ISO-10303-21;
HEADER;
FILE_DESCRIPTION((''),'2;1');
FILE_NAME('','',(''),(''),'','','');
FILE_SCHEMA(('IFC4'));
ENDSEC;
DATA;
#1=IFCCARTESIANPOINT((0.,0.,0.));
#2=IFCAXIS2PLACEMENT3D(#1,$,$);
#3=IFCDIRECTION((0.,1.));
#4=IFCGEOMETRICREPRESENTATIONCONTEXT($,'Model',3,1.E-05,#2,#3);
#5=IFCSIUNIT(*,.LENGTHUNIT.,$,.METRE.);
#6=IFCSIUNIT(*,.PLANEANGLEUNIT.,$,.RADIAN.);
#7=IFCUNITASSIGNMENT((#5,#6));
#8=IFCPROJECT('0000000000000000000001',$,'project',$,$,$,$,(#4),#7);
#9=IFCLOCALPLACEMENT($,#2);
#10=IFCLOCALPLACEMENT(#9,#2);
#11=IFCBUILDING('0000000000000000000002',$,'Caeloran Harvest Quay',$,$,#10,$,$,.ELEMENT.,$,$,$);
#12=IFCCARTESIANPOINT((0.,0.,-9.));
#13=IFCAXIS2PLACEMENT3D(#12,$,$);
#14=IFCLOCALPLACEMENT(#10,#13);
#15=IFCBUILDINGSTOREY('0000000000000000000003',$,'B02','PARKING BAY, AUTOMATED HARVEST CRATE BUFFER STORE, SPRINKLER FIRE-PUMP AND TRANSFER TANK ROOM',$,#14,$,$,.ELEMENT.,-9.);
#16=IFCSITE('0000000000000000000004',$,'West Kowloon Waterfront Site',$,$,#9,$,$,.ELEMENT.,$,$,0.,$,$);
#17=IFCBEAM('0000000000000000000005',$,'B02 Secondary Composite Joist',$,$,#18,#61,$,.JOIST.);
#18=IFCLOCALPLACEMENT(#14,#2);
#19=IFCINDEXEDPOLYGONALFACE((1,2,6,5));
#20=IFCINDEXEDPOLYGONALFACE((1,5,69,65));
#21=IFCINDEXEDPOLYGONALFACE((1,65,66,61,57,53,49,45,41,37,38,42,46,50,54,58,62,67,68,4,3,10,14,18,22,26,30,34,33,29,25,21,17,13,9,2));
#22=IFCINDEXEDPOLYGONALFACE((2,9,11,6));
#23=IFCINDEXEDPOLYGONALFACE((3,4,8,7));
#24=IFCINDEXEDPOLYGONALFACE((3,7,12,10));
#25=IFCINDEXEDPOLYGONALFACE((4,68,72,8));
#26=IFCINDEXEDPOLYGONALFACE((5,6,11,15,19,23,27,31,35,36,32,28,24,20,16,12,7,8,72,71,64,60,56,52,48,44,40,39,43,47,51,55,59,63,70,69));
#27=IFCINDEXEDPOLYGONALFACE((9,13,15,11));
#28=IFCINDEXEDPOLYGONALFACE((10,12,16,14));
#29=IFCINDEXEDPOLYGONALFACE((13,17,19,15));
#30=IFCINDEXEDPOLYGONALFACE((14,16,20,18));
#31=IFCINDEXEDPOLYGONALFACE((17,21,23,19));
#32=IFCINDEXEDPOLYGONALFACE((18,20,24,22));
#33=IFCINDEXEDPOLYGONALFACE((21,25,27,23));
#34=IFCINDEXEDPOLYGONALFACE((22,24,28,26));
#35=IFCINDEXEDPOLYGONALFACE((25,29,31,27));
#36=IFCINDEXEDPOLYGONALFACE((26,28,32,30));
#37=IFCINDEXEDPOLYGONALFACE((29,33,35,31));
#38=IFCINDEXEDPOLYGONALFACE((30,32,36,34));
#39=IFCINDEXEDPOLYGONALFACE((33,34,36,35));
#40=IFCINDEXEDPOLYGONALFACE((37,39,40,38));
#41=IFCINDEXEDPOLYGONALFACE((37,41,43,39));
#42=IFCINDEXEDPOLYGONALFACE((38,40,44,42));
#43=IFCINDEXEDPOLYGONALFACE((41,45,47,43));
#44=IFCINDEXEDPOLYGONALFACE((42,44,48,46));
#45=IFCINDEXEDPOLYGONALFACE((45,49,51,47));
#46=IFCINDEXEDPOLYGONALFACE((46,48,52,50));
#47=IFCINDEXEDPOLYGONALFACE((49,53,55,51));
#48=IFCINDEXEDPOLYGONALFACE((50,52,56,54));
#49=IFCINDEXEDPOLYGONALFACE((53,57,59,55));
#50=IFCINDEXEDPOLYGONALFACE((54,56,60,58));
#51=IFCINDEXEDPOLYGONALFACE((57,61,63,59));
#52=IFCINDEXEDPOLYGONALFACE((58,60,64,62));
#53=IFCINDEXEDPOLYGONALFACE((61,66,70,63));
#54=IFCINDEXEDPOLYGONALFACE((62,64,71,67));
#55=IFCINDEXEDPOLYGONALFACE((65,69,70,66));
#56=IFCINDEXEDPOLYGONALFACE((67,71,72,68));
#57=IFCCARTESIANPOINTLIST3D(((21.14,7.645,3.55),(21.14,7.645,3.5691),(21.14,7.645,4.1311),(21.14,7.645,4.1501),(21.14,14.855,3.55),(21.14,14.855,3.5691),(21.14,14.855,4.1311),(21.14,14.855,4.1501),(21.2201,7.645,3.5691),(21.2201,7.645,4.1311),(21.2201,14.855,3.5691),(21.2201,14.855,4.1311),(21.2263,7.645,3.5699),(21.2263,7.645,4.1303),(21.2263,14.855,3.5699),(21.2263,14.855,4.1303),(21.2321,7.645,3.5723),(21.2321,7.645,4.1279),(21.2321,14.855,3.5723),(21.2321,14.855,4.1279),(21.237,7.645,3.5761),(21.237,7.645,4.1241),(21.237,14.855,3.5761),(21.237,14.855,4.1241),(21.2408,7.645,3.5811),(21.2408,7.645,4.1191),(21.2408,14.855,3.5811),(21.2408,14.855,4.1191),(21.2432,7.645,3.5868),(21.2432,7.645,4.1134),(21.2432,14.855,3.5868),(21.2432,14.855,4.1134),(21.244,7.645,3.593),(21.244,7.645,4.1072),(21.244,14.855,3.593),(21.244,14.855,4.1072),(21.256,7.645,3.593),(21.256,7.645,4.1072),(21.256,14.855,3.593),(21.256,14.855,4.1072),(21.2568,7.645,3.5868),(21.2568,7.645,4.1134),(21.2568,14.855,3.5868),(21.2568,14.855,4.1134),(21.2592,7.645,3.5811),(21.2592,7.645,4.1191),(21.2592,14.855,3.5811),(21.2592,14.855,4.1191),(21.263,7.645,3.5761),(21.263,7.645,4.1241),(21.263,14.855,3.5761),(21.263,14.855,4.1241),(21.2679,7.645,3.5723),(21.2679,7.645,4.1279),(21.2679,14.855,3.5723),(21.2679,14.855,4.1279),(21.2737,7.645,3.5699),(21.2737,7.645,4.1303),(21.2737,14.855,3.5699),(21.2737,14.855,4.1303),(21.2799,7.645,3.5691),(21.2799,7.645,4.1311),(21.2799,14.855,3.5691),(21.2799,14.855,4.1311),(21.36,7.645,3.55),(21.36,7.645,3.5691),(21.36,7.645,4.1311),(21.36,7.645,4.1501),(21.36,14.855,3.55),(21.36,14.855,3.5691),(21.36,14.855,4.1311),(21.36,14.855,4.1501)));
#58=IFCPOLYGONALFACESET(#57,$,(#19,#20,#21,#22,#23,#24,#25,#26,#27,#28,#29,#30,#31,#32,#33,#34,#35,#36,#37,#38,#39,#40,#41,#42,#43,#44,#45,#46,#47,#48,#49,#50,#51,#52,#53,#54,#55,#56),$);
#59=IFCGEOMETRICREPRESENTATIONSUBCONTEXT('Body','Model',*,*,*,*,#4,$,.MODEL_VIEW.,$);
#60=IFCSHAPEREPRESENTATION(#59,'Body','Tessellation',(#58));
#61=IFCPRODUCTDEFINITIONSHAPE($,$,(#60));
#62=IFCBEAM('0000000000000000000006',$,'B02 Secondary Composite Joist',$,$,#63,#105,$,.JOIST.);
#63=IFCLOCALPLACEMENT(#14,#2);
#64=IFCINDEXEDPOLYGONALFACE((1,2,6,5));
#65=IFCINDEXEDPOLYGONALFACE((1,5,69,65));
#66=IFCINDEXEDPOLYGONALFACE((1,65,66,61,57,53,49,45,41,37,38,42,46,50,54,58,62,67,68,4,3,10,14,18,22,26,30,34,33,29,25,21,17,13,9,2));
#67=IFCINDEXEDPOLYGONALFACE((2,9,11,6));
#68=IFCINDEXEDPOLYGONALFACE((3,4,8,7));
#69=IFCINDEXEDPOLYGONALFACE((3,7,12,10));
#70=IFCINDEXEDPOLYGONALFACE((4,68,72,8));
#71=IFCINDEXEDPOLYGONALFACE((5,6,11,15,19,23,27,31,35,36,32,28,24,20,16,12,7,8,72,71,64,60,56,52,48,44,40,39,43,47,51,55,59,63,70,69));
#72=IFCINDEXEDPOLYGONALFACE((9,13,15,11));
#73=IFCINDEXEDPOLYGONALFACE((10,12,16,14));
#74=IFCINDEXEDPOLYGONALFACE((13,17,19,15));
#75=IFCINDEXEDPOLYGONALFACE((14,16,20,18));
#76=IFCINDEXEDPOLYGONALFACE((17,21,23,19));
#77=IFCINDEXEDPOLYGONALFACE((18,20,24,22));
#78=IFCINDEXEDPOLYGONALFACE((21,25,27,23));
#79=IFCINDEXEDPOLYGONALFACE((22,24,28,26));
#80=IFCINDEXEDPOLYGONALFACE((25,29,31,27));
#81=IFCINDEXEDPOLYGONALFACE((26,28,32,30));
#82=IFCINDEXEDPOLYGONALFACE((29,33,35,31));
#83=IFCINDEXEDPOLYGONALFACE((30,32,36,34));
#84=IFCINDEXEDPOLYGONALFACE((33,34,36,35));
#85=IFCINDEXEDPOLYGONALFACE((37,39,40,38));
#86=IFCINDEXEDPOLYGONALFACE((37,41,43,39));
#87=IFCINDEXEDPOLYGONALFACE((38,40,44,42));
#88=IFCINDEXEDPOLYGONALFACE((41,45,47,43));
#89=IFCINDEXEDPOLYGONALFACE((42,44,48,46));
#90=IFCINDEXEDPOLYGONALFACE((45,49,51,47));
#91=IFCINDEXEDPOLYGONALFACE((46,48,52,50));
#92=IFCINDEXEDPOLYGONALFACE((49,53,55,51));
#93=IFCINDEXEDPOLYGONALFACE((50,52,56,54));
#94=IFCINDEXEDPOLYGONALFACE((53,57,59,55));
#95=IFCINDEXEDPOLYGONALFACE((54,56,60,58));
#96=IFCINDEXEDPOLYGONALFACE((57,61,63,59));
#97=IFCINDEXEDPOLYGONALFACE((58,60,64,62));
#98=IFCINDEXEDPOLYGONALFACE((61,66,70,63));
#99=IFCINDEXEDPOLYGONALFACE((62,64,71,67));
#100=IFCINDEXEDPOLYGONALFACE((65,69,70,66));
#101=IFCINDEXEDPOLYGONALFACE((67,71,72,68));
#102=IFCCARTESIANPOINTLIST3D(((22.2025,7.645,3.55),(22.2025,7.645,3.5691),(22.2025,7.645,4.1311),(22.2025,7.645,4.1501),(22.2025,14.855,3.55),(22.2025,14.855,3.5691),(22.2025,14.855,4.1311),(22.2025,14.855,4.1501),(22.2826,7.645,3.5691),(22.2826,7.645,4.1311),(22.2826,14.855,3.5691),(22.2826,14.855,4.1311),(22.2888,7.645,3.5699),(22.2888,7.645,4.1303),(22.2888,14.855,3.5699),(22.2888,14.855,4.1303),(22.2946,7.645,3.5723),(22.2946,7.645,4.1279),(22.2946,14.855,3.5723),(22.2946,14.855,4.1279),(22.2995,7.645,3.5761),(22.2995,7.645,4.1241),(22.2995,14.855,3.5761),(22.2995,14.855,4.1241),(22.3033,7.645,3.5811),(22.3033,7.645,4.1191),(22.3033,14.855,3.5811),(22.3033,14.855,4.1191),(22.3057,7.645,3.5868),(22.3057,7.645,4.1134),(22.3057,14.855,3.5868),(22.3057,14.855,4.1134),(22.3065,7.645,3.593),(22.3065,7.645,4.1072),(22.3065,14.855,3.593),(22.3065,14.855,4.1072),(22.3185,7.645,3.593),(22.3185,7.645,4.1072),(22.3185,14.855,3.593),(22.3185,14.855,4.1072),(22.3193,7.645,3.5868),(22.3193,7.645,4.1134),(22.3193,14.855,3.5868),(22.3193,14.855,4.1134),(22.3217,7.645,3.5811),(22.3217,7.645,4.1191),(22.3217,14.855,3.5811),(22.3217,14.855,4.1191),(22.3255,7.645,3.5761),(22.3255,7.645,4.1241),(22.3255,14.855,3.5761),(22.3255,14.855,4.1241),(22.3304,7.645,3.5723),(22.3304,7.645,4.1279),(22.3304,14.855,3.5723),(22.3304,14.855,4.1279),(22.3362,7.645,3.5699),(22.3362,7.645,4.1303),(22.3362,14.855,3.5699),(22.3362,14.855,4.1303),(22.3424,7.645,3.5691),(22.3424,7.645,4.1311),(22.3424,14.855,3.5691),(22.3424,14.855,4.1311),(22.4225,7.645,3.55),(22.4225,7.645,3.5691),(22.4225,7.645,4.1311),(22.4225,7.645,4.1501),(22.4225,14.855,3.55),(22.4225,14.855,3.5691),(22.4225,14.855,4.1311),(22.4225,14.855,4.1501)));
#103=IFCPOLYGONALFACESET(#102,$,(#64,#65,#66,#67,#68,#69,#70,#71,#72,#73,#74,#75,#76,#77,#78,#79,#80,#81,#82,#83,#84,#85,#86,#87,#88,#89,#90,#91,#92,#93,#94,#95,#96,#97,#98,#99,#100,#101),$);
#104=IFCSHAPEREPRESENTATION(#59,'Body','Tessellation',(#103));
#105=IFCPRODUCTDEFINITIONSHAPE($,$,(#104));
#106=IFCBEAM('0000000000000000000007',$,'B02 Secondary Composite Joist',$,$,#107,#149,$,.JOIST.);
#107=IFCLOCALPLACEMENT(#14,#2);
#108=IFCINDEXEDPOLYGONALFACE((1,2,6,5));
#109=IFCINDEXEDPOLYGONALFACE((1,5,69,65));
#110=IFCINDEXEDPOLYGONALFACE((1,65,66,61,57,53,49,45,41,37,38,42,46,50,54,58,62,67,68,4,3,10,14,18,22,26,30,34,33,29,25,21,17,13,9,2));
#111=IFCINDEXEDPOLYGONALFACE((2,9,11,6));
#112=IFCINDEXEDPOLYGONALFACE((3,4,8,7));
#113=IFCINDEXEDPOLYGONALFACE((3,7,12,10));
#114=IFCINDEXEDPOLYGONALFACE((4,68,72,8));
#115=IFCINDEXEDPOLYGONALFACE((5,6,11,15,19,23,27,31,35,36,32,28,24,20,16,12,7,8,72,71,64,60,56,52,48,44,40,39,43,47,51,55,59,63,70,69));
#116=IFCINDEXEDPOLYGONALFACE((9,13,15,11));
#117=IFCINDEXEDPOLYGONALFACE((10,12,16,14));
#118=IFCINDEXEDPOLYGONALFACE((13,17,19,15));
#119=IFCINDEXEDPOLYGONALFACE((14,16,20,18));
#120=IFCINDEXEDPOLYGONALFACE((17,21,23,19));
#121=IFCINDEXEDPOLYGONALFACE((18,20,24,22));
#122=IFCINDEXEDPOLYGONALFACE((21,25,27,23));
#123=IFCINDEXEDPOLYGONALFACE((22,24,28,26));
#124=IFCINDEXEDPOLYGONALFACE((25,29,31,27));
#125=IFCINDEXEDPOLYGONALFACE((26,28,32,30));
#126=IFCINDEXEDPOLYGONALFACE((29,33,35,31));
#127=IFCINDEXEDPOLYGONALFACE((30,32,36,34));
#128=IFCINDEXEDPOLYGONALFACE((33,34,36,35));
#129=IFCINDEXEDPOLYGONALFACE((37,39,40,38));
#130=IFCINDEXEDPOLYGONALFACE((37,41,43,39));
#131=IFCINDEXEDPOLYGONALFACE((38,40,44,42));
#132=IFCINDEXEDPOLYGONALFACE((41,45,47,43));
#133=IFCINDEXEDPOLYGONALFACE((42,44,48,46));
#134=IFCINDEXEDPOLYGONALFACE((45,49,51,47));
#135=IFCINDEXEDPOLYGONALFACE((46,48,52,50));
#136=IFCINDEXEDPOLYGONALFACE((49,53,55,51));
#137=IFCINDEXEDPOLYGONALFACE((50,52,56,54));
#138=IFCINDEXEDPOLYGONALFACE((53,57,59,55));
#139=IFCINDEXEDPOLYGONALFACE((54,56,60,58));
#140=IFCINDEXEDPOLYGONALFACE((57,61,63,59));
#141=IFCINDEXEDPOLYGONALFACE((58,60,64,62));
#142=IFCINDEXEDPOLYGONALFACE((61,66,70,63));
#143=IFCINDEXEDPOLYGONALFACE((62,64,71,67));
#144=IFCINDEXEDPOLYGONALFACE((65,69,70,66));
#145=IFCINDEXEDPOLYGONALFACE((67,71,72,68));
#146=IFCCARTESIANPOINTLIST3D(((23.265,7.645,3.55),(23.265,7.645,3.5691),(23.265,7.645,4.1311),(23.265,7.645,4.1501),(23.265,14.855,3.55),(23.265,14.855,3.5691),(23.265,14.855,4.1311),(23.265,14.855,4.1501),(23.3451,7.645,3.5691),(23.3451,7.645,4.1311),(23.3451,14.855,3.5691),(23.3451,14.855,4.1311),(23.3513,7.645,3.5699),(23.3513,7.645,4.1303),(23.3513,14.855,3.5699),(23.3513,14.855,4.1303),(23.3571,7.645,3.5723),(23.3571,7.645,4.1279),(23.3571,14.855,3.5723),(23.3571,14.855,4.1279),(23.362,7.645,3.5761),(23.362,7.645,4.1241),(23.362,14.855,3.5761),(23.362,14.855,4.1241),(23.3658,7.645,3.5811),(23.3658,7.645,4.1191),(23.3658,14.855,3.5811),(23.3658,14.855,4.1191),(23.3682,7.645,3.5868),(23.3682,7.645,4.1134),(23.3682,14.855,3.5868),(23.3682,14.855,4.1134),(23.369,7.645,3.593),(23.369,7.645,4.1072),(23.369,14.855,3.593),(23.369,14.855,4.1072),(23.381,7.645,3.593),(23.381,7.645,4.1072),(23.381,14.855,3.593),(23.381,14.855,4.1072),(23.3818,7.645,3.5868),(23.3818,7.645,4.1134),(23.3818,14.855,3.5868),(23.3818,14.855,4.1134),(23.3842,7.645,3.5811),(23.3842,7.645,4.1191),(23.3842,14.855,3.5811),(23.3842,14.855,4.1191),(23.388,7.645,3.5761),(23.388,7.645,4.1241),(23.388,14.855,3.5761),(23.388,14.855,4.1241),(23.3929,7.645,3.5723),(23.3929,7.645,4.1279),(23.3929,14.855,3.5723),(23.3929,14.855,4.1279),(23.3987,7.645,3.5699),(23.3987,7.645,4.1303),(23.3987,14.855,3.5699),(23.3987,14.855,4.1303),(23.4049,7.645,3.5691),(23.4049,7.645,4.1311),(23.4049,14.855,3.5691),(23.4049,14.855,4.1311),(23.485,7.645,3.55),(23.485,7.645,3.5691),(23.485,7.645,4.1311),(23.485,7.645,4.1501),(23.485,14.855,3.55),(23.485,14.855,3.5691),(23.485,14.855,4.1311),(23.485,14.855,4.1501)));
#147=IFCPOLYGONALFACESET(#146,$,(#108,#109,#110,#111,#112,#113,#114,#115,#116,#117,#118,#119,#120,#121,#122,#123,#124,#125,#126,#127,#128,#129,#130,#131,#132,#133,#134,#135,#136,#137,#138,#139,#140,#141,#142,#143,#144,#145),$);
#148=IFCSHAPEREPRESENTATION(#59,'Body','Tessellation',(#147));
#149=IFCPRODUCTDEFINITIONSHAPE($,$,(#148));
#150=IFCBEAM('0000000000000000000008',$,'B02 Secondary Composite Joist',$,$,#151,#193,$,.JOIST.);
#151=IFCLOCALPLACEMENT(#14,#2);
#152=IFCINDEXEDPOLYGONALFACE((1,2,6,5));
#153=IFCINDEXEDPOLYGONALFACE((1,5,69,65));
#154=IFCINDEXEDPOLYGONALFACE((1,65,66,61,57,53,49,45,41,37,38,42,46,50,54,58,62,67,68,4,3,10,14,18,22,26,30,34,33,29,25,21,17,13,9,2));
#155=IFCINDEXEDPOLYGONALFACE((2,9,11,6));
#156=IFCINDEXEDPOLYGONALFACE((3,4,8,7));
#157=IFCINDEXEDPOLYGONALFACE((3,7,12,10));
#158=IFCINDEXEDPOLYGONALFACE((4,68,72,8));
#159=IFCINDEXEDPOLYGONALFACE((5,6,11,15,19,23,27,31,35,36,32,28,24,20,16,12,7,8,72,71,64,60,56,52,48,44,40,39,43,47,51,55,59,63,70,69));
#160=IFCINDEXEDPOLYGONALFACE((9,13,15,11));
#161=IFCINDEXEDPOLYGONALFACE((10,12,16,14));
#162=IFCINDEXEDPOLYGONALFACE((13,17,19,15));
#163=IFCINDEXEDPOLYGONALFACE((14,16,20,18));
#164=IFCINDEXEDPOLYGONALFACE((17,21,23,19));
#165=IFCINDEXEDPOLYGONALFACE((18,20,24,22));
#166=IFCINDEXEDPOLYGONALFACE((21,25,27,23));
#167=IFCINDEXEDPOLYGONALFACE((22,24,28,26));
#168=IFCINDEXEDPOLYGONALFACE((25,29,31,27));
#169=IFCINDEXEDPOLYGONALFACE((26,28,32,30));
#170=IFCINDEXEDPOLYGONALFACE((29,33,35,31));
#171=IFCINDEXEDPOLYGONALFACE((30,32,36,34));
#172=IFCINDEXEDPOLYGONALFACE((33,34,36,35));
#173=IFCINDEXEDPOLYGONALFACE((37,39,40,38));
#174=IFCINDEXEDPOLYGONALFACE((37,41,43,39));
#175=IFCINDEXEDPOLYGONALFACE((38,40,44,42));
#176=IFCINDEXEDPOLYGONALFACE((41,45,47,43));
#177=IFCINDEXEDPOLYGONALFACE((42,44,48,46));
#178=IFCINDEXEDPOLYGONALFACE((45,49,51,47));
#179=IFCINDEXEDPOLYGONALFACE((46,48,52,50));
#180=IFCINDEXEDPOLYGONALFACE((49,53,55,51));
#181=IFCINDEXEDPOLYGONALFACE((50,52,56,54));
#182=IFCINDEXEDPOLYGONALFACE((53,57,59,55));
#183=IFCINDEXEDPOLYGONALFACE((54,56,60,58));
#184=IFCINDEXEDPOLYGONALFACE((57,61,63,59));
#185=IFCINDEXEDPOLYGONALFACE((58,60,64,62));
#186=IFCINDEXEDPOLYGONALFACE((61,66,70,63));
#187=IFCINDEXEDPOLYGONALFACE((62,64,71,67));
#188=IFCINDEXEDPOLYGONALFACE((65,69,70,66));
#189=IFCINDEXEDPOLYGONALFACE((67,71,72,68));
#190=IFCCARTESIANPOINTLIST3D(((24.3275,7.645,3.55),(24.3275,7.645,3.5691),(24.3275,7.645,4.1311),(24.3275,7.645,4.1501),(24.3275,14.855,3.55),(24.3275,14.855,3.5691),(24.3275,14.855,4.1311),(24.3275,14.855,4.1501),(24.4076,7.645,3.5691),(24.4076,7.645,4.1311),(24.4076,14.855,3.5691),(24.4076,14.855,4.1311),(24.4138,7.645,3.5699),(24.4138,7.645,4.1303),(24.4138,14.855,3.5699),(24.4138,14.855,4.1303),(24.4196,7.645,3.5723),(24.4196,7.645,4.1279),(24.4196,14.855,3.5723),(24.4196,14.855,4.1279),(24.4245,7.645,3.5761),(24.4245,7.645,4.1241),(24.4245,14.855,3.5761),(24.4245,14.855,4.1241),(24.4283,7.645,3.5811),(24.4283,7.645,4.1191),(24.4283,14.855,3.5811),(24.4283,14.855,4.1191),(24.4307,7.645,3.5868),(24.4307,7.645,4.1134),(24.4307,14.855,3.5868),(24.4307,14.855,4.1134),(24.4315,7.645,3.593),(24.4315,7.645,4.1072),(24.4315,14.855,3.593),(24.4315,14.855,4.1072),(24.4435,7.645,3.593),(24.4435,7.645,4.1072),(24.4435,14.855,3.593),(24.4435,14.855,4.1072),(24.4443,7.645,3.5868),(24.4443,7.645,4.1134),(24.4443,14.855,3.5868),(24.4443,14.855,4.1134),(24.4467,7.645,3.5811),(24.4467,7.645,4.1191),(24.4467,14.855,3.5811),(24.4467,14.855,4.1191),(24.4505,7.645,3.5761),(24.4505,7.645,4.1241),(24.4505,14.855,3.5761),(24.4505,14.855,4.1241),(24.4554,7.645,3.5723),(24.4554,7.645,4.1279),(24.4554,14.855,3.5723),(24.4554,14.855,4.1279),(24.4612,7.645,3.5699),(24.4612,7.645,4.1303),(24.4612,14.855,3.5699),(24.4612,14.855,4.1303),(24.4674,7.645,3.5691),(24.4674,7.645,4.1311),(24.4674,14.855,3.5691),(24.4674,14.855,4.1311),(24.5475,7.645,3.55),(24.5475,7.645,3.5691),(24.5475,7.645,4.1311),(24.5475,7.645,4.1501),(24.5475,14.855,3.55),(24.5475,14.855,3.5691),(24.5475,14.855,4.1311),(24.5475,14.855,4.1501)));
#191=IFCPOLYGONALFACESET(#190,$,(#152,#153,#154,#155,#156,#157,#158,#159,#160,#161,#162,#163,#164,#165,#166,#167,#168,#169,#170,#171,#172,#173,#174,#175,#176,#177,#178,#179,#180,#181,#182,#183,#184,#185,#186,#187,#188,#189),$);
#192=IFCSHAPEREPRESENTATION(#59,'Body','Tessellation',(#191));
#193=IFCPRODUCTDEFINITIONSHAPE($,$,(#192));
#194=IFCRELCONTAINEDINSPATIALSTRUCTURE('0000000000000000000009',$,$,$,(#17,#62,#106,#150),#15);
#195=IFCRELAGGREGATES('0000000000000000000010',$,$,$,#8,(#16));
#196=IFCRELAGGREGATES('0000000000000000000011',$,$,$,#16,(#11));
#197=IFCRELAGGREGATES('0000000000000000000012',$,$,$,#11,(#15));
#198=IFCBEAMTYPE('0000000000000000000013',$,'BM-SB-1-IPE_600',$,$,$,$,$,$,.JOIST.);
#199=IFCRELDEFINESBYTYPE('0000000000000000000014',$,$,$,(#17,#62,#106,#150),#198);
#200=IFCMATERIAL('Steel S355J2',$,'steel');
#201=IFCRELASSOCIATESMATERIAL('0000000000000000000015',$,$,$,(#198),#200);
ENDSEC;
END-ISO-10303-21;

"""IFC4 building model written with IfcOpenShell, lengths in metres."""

from ifc_helpers import new_model, si_unit, direction, frame, origin, origin_2d, place, context, subcontext, project, spatial, i_section, extrude, material, material_profile, profile_set, type_object, element, save


model = new_model("IFC4")

# Units and contexts
model_context = context("Model", 3, precision=1e-05, world=origin(), true_north=direction((0.0, 1.0)))
body_context = subcontext(model_context, "Body", "Model", "MODEL_VIEW")
ifc_project = project(units=[si_unit("LENGTHUNIT", "METRE"), si_unit("PLANEANGLEUNIT", "RADIAN")], contexts=[model_context])

# Site, building, storey
site_placement = place(None, origin())
site = spatial("IfcSite", under=ifc_project, at=site_placement, Name="West Kowloon Waterfront Site", CompositionType="ELEMENT", RefElevation=0.0)
building_placement = place(site_placement, origin())
building = spatial("IfcBuilding", under=site, at=building_placement, Name="Caeloran Harvest Quay", CompositionType="ELEMENT")
storey_placement = place(building_placement, frame((0.0, 0.0, -9.0)))
storey = spatial("IfcBuildingStorey", under=building, at=storey_placement, Name="B02", Description="PARKING BAY, AUTOMATED HARVEST CRATE BUFFER STORE, SPRINKLER FIRE-PUMP AND TRANSFER TANK ROOM", CompositionType="ELEMENT", Elevation=-9.0)

# Beams
ifc_material_1 = material(Name="Steel S355J2", Category="steel")
ifc_material_profile_1 = material_profile(ifc_material_1, i_section(OverallWidth=0.22, OverallDepth=0.6001, WebThickness=0.012, FlangeThickness=0.019, FilletRadius=0.0239, at=origin_2d()), Name="IPE 600")
ifc_profile_set_1 = profile_set([ifc_material_profile_1], Name="Steel S355J2")
beam_type_1 = type_object("IfcBeamType", Name="BM-SB-1-IPE_600", PredefinedType="JOIST", material=ifc_profile_set_1)
for number, where, z_axis, x_axis, name in (
    (1, (21.25, 7.645, 3.8501), (0.0, 1.0, 0.0), (-1.0, 0.0, 0.0), "B02 Secondary Composite Joist"),
    (2, (22.3125, 7.645, 3.8501), (0.0, 1.0, 0.0), (-1.0, 0.0, 0.0), "B02 Secondary Composite Joist"),
    (3, (23.375, 7.645, 3.8501), (0.0, 1.0, 0.0), (-1.0, 0.0, 0.0), "B02 Secondary Composite Joist"),
    (4, (24.4375, 7.645, 3.8501), (0.0, 1.0, 0.0), (-1.0, 0.0, 0.0), "B02 Secondary Composite Joist"),
):
    element("IfcBeam", number, at=place(storey_placement, frame(where, z_axis=z_axis, x_axis=x_axis)), inside=storey, type_object=beam_type_1, Name=name, PredefinedType="JOIST", context=body_context, shape_type="SweptSolid", body=[
        extrude(i_section(OverallWidth=0.22, OverallDepth=0.6001, WebThickness=0.012, FlangeThickness=0.019, FilletRadius=0.0239, at=origin_2d()), origin(), (0.0, 0.0, 1.0), 7.21),
    ])

save(model, "model.ifc")
